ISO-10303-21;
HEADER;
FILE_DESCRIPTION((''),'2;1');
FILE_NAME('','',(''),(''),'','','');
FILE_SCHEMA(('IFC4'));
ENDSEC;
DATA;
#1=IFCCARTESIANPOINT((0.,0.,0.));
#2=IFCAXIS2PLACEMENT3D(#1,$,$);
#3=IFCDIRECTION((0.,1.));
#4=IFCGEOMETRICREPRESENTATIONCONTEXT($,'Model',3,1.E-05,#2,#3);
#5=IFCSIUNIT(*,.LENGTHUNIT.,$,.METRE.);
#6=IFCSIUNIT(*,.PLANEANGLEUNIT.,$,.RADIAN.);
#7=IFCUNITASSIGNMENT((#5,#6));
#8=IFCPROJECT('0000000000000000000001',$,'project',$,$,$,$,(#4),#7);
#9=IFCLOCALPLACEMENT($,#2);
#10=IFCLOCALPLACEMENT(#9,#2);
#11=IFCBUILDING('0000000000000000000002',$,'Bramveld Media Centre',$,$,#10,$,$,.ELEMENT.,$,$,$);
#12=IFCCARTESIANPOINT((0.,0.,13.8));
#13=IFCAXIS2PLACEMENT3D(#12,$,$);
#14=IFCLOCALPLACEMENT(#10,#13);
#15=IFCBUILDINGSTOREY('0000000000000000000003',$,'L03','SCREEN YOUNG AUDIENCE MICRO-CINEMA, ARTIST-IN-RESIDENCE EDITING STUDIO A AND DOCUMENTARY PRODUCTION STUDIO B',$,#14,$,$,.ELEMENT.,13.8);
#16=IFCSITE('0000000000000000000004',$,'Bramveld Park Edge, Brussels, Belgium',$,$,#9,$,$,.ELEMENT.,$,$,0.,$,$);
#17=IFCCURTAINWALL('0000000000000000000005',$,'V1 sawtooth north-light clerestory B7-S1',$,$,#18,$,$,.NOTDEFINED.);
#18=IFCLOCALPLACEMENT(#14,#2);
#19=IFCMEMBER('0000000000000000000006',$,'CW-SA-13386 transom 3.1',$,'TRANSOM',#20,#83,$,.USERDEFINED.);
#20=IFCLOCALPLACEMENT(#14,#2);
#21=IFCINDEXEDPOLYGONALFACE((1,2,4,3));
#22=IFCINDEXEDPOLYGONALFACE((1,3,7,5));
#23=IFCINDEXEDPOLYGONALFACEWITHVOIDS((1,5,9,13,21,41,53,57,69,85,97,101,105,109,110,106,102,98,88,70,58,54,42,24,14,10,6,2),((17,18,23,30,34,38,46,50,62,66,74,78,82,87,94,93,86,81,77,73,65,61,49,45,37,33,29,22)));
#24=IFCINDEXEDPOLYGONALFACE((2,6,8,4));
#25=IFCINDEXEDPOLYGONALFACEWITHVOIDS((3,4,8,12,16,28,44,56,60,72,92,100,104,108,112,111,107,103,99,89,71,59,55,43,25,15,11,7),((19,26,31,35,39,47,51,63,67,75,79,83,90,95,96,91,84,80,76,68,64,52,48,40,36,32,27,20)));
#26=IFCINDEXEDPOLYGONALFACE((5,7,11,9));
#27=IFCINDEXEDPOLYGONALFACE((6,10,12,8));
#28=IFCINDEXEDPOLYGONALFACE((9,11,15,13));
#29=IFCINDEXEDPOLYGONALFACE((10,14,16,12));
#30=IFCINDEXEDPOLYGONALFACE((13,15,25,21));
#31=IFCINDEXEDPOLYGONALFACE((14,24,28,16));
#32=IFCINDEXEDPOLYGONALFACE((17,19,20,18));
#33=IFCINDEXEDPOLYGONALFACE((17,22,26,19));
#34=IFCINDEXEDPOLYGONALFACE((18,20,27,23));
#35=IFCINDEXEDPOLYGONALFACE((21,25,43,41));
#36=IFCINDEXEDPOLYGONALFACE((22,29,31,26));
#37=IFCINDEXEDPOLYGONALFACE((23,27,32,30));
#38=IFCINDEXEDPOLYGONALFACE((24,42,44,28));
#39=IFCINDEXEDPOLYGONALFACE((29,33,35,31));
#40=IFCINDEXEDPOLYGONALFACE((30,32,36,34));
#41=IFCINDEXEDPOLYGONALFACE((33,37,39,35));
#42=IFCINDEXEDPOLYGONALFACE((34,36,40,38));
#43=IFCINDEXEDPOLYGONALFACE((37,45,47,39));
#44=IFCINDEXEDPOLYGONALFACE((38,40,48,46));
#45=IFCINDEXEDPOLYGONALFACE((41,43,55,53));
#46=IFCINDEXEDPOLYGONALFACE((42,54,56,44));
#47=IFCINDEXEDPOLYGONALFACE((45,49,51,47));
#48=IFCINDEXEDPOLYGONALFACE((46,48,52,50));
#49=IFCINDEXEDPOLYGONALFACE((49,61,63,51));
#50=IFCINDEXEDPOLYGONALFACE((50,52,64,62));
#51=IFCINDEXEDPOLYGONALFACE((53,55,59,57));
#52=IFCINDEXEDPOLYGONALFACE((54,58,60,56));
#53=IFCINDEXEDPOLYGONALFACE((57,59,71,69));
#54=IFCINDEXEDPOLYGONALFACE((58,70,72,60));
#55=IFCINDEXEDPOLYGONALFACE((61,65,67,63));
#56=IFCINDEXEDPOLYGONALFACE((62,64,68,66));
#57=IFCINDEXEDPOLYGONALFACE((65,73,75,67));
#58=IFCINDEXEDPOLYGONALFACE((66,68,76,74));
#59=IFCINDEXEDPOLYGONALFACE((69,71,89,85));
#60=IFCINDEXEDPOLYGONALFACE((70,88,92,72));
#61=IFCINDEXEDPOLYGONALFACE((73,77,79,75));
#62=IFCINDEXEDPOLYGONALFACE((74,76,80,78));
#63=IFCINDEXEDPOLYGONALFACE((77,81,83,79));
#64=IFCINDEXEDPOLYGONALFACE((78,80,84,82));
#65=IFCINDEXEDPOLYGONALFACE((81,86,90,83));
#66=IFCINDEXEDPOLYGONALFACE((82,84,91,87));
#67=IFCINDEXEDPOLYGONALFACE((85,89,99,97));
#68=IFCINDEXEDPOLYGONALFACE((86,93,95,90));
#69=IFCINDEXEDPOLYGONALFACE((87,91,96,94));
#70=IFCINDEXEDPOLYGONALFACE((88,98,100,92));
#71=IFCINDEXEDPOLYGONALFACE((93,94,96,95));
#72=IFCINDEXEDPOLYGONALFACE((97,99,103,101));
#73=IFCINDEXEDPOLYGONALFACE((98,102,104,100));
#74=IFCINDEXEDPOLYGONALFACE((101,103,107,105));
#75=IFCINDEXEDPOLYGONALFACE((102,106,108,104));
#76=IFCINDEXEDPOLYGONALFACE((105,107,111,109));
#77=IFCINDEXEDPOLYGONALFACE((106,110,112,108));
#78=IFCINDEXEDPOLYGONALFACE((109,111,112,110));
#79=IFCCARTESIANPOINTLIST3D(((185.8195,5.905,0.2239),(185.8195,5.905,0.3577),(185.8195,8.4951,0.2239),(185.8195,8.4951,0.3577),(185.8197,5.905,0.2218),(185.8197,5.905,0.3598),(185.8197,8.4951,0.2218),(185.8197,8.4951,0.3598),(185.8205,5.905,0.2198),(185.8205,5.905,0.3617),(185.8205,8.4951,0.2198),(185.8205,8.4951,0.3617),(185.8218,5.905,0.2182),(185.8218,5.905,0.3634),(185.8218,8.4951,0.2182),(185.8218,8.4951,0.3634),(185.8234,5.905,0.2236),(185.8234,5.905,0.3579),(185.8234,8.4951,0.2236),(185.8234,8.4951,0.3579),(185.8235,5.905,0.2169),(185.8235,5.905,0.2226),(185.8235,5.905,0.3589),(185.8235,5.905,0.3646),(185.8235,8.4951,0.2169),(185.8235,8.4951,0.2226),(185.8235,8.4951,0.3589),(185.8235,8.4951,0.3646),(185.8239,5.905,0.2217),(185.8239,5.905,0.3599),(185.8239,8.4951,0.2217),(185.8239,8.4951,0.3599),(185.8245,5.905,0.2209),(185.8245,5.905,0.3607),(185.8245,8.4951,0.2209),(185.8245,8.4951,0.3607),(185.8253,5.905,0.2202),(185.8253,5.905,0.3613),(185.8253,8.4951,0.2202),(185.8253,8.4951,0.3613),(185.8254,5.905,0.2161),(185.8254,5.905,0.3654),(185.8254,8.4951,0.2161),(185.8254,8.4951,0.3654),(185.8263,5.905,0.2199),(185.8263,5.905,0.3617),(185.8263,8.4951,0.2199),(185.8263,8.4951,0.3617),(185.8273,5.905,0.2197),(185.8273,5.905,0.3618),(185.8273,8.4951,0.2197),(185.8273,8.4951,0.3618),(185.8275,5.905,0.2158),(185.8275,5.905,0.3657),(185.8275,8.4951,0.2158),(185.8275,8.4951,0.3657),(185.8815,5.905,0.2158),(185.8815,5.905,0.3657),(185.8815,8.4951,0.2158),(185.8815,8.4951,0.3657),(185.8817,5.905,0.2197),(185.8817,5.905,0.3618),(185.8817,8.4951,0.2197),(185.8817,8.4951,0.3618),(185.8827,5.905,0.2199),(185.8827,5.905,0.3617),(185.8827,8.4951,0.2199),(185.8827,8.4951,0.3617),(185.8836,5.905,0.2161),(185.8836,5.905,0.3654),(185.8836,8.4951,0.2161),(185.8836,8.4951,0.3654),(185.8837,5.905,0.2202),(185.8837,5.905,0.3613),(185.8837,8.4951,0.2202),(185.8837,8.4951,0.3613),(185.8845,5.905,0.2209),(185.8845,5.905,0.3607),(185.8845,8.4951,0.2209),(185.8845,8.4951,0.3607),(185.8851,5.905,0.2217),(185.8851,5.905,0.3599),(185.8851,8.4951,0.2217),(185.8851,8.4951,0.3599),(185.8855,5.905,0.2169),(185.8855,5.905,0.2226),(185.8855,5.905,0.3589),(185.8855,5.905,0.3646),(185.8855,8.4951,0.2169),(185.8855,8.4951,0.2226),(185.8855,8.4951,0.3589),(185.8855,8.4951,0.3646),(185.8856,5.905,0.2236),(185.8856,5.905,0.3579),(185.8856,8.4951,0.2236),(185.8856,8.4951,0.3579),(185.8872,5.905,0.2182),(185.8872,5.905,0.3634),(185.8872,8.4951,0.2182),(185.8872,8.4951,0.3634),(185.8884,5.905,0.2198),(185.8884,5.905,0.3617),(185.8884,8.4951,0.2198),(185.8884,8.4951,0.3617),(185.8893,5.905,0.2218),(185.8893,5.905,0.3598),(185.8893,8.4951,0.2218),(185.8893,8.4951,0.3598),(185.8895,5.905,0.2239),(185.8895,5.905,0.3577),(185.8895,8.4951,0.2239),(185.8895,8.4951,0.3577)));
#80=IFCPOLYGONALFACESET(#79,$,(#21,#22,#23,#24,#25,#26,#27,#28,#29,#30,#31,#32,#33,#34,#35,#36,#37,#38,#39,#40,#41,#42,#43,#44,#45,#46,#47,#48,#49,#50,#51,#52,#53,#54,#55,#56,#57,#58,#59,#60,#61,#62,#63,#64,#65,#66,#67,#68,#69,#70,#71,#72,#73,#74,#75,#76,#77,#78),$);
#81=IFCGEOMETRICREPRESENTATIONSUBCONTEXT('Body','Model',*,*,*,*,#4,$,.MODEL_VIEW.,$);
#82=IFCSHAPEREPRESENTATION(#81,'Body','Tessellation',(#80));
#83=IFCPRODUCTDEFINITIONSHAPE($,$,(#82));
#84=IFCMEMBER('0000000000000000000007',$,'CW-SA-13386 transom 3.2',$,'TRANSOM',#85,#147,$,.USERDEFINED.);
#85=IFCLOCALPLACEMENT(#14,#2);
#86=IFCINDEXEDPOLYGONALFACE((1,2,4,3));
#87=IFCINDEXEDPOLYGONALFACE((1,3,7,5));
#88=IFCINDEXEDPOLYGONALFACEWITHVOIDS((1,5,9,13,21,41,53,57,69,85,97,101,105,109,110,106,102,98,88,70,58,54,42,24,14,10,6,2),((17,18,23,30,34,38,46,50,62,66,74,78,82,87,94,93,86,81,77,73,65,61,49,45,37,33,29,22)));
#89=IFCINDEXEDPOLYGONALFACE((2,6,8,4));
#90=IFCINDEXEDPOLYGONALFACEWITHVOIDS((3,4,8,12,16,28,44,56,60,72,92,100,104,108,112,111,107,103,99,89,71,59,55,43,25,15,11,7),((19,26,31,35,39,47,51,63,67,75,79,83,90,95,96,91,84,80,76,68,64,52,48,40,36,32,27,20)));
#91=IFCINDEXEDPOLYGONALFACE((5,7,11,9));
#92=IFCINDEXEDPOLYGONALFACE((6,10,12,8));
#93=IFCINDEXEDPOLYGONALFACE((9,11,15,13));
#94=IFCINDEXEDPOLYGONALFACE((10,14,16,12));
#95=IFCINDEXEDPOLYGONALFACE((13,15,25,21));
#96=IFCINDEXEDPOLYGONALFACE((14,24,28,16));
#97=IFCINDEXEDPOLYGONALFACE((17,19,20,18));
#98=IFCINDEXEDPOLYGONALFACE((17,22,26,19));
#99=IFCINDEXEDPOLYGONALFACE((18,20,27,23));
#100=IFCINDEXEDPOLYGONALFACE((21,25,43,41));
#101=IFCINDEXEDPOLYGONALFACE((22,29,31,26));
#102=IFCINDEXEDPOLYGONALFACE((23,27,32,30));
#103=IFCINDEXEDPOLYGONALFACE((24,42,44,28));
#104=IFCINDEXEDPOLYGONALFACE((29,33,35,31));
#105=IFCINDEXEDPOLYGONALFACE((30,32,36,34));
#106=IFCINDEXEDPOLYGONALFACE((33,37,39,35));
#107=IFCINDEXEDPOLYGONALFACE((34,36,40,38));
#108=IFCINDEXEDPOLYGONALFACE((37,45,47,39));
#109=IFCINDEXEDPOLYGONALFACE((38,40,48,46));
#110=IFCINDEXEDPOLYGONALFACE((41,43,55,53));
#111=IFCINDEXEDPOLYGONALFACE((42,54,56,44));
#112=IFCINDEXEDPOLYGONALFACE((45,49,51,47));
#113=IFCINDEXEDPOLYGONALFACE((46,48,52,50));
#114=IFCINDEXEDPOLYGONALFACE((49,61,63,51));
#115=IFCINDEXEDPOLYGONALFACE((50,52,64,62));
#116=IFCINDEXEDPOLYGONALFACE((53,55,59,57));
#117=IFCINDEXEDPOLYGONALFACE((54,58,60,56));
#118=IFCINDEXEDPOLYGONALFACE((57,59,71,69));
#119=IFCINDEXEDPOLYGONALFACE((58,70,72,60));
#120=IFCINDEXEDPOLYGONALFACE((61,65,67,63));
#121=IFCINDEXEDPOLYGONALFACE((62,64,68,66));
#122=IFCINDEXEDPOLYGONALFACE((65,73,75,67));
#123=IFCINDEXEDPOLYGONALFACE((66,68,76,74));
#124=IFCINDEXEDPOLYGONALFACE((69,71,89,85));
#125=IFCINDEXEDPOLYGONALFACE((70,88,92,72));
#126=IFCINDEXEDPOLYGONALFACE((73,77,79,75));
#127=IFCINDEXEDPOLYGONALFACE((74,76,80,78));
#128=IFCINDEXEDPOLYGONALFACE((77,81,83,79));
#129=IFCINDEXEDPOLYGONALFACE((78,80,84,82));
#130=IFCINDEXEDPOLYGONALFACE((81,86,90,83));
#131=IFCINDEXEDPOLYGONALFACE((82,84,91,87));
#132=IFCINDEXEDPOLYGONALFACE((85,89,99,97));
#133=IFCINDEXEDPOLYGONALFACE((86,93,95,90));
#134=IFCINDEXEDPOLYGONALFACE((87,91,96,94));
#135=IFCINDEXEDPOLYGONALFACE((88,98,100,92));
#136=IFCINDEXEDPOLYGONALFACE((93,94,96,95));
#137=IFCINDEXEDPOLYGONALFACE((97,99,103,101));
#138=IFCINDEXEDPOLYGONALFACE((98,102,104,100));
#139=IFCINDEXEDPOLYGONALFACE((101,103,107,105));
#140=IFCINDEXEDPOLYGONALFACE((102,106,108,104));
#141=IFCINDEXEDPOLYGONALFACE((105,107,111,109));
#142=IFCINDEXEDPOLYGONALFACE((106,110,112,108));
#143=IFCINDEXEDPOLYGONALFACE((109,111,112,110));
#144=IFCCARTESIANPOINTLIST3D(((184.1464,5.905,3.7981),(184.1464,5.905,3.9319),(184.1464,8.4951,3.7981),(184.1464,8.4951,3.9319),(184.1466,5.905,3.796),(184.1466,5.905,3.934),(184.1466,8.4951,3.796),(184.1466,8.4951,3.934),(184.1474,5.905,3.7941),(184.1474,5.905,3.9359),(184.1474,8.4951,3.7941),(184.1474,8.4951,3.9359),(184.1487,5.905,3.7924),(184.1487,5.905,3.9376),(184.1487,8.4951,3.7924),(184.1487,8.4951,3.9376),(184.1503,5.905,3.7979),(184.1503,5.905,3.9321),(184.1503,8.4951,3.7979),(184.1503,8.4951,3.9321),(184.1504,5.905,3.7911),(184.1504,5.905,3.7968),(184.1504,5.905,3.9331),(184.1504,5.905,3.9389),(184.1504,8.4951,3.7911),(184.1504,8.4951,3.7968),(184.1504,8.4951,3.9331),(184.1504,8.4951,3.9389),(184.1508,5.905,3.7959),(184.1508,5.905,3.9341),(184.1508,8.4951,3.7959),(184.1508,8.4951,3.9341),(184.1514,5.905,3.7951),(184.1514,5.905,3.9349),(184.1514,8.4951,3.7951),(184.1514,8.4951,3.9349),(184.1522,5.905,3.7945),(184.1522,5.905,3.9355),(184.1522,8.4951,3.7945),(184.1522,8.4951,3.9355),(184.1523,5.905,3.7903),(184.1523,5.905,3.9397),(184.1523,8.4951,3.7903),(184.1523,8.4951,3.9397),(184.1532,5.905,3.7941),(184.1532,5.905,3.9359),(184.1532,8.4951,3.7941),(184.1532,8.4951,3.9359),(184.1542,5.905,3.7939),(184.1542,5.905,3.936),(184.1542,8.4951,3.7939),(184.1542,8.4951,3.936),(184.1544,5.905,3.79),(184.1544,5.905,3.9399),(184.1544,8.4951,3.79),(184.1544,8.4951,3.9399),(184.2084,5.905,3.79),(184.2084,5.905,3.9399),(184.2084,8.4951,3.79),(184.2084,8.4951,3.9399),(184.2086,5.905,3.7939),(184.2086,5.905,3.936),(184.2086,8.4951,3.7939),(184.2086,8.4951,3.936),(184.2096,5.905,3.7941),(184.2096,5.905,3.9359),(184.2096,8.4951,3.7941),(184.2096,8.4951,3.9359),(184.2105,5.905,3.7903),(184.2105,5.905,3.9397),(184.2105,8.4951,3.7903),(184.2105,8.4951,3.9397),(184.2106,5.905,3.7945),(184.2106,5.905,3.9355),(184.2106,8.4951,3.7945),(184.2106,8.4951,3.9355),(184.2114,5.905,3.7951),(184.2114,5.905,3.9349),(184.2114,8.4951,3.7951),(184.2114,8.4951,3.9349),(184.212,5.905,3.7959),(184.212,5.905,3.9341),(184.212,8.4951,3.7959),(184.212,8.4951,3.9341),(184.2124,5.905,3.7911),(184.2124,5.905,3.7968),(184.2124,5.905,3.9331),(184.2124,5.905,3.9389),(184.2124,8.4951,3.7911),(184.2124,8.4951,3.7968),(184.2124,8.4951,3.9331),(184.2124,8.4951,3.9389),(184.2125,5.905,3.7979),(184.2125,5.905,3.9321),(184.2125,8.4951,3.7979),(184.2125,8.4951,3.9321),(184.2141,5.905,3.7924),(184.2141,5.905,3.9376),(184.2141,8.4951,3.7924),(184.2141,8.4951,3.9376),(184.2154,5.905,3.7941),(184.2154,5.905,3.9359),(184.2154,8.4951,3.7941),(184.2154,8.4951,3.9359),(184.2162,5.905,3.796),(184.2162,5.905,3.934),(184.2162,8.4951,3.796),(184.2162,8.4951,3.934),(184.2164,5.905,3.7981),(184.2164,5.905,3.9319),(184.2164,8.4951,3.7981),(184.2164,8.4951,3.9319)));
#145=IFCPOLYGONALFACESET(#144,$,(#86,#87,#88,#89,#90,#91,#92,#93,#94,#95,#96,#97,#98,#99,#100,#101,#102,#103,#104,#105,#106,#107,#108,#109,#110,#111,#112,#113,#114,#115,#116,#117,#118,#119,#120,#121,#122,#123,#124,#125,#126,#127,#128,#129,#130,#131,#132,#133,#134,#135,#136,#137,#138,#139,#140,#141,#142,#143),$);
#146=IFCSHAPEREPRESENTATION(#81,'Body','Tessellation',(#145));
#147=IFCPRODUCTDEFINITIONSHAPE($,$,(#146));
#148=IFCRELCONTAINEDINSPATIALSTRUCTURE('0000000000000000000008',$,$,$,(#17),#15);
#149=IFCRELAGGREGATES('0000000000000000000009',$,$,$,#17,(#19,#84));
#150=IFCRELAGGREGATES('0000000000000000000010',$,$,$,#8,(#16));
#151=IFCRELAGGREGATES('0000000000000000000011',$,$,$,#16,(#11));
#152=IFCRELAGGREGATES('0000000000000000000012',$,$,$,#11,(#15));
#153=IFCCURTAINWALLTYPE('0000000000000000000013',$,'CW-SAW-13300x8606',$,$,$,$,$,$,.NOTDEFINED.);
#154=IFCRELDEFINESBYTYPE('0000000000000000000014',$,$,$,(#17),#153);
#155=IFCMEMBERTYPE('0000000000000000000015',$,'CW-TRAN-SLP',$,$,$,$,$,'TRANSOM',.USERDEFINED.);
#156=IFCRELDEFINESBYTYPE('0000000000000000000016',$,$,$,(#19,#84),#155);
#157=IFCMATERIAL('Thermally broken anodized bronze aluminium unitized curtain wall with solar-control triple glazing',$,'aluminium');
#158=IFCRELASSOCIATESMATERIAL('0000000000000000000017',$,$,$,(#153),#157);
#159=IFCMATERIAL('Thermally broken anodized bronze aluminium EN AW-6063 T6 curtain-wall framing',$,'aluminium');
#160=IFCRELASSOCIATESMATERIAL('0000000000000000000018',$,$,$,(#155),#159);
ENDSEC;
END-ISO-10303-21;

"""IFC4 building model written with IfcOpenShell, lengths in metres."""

from ifc_helpers import new_model, si_unit, direction, frame, origin, origin_2d, place, context, subcontext, project, spatial, hollow_rectangle, extrude, material, material_profile, profile_set, type_object, element, aggregate, save


model = new_model("IFC4")

# Units and contexts
model_context = context("Model", 3, precision=1e-05, world=origin(), true_north=direction((0.0, 1.0)))
body_context = subcontext(model_context, "Body", "Model", "MODEL_VIEW")
ifc_project = project(units=[si_unit("LENGTHUNIT", "METRE"), si_unit("PLANEANGLEUNIT", "RADIAN")], contexts=[model_context])

# Site, building, storey
site_placement = place(None, origin())
site = spatial("IfcSite", under=ifc_project, at=site_placement, Name="Bramveld Park Edge, Brussels, Belgium", CompositionType="ELEMENT", RefElevation=0.0)
building_placement = place(site_placement, origin())
building = spatial("IfcBuilding", under=site, at=building_placement, Name="Bramveld Media Centre", CompositionType="ELEMENT")
storey_placement = place(building_placement, frame((0.0, 0.0, 13.8)))
storey = spatial("IfcBuildingStorey", under=building, at=storey_placement, Name="L03", Description="SCREEN YOUNG AUDIENCE MICRO-CINEMA, ARTIST-IN-RESIDENCE EDITING STUDIO A AND DOCUMENTARY PRODUCTION STUDIO B", CompositionType="ELEMENT", Elevation=13.8)

# Curtain wall, members
ifc_material_1 = material(Name="Thermally broken anodized bronze aluminium unitized curtain wall with solar-control triple glazing", Category="aluminium")
curtain_wall_type = type_object("IfcCurtainWallType", Name="CW-SAW-13300x8606", PredefinedType="NOTDEFINED", material=ifc_material_1)
curtain_wall_placement = place(storey_placement, origin())
curtain_wall = element("IfcCurtainWall", 1, at=curtain_wall_placement, inside=storey, type_object=curtain_wall_type, Name="V1 sawtooth north-light clerestory B7-S1", PredefinedType="NOTDEFINED")
ifc_material_2 = material(Name="Thermally broken anodized bronze aluminium EN AW-6063 T6 curtain-wall framing", Category="aluminium")
ifc_material_profile_1 = material_profile(ifc_material_2, hollow_rectangle(XDim=0.0701, YDim=0.1499, WallThickness=0.0039, InnerFilletRadius=0.0039, OuterFilletRadius=0.0081, at=origin_2d()), Name="AL-TRAN 70x150")
ifc_profile_set_1 = profile_set([ifc_material_profile_1], Name="Thermally broken anodized bronze aluminium EN AW-6063 T6 curtain-wall framing")
member_type_1 = type_object("IfcMemberType", Name="CW-TRAN-SLP", ElementType="TRANSOM", PredefinedType="USERDEFINED", material=ifc_profile_set_1)
member_1_placement = place(storey_placement, frame((185.8545, 5.905, 0.2908), z_axis=(0.0, 1.0, 0.0), x_axis=(-1.0, 0.0, 0.0)))
member_1 = element("IfcMember", 2, at=member_1_placement, type_object=member_type_1, Name="CW-SA-13386 transom 3.1", ObjectType="TRANSOM", PredefinedType="USERDEFINED", context=body_context, shape_type="SweptSolid", body=[
    extrude(hollow_rectangle(XDim=0.0701, YDim=0.1499, WallThickness=0.0039, InnerFilletRadius=0.0039, OuterFilletRadius=0.0081, at=origin_2d()), origin(), (0.0, 0.0, 1.0), 2.5901),
])
member_2_placement = place(storey_placement, frame((184.1814, 5.905, 3.865), z_axis=(0.0, 1.0, 0.0), x_axis=(-1.0, 0.0, 0.0)))
member_2 = element("IfcMember", 3, at=member_2_placement, type_object=member_type_1, Name="CW-SA-13386 transom 3.2", ObjectType="TRANSOM", PredefinedType="USERDEFINED", context=body_context, shape_type="SweptSolid", body=[
    extrude(hollow_rectangle(XDim=0.0701, YDim=0.1499, WallThickness=0.0039, InnerFilletRadius=0.0039, OuterFilletRadius=0.0081, at=origin_2d()), origin(), (0.0, 0.0, 1.0), 2.5901),
])

aggregate(curtain_wall, [member_1, member_2])

save(model, "model.ifc")
